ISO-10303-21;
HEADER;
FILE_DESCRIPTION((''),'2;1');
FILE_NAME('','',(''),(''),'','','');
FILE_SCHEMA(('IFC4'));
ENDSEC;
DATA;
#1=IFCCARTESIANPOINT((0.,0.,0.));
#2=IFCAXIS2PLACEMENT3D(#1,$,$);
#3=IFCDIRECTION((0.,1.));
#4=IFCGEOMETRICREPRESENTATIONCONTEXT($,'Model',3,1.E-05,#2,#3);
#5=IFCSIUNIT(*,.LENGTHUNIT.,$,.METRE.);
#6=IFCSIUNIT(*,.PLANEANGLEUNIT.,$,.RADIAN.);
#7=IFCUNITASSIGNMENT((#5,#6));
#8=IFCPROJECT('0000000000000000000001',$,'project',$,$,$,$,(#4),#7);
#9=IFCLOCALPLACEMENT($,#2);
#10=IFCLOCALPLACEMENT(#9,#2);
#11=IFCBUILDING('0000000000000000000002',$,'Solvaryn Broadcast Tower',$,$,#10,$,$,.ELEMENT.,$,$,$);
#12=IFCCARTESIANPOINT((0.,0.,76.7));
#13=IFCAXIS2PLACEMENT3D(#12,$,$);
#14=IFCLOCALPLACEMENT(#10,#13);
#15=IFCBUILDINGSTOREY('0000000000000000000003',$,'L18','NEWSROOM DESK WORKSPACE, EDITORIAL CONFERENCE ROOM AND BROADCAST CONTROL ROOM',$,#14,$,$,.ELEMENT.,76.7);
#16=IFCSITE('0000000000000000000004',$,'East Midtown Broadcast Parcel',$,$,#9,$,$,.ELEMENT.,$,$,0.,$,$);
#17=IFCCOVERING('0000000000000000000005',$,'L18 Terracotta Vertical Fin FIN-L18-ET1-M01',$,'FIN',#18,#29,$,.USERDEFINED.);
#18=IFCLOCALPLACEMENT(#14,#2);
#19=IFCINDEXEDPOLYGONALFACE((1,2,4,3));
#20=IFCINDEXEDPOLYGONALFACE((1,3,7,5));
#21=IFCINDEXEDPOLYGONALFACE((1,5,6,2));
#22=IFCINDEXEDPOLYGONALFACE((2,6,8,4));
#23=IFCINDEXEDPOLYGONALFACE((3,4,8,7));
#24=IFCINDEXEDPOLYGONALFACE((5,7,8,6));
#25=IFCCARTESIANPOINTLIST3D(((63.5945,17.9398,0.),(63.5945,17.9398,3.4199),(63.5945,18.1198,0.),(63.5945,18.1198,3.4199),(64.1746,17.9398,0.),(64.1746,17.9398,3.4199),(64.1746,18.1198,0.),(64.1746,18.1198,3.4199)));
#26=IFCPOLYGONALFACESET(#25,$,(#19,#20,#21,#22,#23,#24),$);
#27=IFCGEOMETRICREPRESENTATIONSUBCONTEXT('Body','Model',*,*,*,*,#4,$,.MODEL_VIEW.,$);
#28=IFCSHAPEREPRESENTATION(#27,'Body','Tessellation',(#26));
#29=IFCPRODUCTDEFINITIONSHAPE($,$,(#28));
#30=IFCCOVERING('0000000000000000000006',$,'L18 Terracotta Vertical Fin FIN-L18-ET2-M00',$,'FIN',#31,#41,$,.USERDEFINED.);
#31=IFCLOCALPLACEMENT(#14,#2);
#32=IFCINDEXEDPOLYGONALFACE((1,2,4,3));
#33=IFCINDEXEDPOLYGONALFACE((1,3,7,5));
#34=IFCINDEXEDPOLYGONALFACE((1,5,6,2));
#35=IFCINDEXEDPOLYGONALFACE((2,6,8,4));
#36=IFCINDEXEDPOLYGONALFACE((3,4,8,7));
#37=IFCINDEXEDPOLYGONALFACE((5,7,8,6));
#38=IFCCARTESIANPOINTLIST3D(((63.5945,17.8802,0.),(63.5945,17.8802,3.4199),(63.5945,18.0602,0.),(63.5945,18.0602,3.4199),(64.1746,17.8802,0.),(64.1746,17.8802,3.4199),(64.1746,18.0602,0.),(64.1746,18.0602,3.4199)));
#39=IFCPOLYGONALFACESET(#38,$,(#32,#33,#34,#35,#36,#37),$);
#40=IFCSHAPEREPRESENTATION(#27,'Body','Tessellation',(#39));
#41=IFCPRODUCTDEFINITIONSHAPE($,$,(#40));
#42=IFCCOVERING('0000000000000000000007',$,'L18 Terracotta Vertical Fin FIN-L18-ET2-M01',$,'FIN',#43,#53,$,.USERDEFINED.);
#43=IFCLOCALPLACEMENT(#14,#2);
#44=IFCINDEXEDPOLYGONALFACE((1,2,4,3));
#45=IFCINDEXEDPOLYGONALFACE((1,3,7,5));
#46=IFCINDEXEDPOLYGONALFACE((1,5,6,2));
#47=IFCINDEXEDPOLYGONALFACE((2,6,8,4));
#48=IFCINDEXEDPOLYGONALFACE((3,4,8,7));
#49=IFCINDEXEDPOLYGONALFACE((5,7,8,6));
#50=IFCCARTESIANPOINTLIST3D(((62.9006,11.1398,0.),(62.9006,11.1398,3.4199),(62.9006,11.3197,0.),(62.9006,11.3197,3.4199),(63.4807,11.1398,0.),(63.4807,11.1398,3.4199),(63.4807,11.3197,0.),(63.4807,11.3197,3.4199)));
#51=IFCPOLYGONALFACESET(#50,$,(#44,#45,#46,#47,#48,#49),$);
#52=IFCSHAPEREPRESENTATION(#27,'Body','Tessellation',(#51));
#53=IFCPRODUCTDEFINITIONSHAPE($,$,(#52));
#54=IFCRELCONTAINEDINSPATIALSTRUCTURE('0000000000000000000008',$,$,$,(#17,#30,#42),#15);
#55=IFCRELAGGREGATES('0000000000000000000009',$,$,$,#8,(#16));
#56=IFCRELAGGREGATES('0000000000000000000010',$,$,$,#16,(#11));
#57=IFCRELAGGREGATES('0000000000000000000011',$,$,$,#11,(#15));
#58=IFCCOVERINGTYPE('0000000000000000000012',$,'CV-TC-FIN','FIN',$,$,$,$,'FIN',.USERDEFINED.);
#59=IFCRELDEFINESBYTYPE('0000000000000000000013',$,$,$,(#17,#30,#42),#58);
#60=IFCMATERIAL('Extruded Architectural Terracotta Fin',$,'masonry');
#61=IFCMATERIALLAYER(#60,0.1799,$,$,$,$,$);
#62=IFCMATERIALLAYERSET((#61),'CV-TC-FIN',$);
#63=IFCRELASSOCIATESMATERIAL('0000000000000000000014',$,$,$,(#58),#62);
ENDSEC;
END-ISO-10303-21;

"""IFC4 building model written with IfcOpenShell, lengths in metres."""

from ifc_helpers import new_model, si_unit, direction, frame, origin, origin_2d, place, context, subcontext, project, spatial, rectangle, extrude, material, layer, layer_set, type_object, element, save


model = new_model("IFC4")

# Units and contexts
model_context = context("Model", 3, precision=1e-05, world=origin(), true_north=direction((0.0, 1.0)))
body_context = subcontext(model_context, "Body", "Model", "MODEL_VIEW")
ifc_project = project(units=[si_unit("LENGTHUNIT", "METRE"), si_unit("PLANEANGLEUNIT", "RADIAN")], contexts=[model_context])

# Site, building, storey
site_placement = place(None, origin())
site = spatial("IfcSite", under=ifc_project, at=site_placement, Name="East Midtown Broadcast Parcel", CompositionType="ELEMENT", RefElevation=0.0)
building_placement = place(site_placement, origin())
building = spatial("IfcBuilding", under=site, at=building_placement, Name="Solvaryn Broadcast Tower", CompositionType="ELEMENT")
storey_placement = place(building_placement, frame((0.0, 0.0, 76.7)))
storey = spatial("IfcBuildingStorey", under=building, at=storey_placement, Name="L18", Description="NEWSROOM DESK WORKSPACE, EDITORIAL CONFERENCE ROOM AND BROADCAST CONTROL ROOM", CompositionType="ELEMENT", Elevation=76.7)

# Coverings
ifc_material_1 = material(Name="Extruded Architectural Terracotta Fin", Category="masonry")
ifc_layer_1 = layer(ifc_material_1, 0.1799)
ifc_layer_set_1 = layer_set([ifc_layer_1], Name="CV-TC-FIN")
covering_type_1 = type_object("IfcCoveringType", Name="CV-TC-FIN", Description="FIN", ElementType="FIN", PredefinedType="USERDEFINED", material=ifc_layer_set_1)
for number, where, z_axis, x_axis, name in (
    (1, (63.8845, 18.0298, 0.0), (0.0, 0.0, 1.0), (1.0, 0.0, 0.0), "L18 Terracotta Vertical Fin FIN-L18-ET1-M01"),
    (2, (63.8845, 17.9702, 0.0), (0.0, 0.0, 1.0), (1.0, 0.0, 0.0), "L18 Terracotta Vertical Fin FIN-L18-ET2-M00"),
    (3, (63.1907, 11.2297, 0.0), (0.0, 0.0, 1.0), (1.0, 0.0, 0.0), "L18 Terracotta Vertical Fin FIN-L18-ET2-M01"),
):
    element("IfcCovering", number, at=place(storey_placement, frame(where, z_axis=z_axis, x_axis=x_axis)), inside=storey, type_object=covering_type_1, Name=name, ObjectType="FIN", PredefinedType="USERDEFINED", context=body_context, shape_type="SweptSolid", body=[
        extrude(rectangle(XDim=0.5801, YDim=0.1799, at=origin_2d()), origin(), (0.0, 0.0, 1.0), 3.4199),
    ])

save(model, "model.ifc")
